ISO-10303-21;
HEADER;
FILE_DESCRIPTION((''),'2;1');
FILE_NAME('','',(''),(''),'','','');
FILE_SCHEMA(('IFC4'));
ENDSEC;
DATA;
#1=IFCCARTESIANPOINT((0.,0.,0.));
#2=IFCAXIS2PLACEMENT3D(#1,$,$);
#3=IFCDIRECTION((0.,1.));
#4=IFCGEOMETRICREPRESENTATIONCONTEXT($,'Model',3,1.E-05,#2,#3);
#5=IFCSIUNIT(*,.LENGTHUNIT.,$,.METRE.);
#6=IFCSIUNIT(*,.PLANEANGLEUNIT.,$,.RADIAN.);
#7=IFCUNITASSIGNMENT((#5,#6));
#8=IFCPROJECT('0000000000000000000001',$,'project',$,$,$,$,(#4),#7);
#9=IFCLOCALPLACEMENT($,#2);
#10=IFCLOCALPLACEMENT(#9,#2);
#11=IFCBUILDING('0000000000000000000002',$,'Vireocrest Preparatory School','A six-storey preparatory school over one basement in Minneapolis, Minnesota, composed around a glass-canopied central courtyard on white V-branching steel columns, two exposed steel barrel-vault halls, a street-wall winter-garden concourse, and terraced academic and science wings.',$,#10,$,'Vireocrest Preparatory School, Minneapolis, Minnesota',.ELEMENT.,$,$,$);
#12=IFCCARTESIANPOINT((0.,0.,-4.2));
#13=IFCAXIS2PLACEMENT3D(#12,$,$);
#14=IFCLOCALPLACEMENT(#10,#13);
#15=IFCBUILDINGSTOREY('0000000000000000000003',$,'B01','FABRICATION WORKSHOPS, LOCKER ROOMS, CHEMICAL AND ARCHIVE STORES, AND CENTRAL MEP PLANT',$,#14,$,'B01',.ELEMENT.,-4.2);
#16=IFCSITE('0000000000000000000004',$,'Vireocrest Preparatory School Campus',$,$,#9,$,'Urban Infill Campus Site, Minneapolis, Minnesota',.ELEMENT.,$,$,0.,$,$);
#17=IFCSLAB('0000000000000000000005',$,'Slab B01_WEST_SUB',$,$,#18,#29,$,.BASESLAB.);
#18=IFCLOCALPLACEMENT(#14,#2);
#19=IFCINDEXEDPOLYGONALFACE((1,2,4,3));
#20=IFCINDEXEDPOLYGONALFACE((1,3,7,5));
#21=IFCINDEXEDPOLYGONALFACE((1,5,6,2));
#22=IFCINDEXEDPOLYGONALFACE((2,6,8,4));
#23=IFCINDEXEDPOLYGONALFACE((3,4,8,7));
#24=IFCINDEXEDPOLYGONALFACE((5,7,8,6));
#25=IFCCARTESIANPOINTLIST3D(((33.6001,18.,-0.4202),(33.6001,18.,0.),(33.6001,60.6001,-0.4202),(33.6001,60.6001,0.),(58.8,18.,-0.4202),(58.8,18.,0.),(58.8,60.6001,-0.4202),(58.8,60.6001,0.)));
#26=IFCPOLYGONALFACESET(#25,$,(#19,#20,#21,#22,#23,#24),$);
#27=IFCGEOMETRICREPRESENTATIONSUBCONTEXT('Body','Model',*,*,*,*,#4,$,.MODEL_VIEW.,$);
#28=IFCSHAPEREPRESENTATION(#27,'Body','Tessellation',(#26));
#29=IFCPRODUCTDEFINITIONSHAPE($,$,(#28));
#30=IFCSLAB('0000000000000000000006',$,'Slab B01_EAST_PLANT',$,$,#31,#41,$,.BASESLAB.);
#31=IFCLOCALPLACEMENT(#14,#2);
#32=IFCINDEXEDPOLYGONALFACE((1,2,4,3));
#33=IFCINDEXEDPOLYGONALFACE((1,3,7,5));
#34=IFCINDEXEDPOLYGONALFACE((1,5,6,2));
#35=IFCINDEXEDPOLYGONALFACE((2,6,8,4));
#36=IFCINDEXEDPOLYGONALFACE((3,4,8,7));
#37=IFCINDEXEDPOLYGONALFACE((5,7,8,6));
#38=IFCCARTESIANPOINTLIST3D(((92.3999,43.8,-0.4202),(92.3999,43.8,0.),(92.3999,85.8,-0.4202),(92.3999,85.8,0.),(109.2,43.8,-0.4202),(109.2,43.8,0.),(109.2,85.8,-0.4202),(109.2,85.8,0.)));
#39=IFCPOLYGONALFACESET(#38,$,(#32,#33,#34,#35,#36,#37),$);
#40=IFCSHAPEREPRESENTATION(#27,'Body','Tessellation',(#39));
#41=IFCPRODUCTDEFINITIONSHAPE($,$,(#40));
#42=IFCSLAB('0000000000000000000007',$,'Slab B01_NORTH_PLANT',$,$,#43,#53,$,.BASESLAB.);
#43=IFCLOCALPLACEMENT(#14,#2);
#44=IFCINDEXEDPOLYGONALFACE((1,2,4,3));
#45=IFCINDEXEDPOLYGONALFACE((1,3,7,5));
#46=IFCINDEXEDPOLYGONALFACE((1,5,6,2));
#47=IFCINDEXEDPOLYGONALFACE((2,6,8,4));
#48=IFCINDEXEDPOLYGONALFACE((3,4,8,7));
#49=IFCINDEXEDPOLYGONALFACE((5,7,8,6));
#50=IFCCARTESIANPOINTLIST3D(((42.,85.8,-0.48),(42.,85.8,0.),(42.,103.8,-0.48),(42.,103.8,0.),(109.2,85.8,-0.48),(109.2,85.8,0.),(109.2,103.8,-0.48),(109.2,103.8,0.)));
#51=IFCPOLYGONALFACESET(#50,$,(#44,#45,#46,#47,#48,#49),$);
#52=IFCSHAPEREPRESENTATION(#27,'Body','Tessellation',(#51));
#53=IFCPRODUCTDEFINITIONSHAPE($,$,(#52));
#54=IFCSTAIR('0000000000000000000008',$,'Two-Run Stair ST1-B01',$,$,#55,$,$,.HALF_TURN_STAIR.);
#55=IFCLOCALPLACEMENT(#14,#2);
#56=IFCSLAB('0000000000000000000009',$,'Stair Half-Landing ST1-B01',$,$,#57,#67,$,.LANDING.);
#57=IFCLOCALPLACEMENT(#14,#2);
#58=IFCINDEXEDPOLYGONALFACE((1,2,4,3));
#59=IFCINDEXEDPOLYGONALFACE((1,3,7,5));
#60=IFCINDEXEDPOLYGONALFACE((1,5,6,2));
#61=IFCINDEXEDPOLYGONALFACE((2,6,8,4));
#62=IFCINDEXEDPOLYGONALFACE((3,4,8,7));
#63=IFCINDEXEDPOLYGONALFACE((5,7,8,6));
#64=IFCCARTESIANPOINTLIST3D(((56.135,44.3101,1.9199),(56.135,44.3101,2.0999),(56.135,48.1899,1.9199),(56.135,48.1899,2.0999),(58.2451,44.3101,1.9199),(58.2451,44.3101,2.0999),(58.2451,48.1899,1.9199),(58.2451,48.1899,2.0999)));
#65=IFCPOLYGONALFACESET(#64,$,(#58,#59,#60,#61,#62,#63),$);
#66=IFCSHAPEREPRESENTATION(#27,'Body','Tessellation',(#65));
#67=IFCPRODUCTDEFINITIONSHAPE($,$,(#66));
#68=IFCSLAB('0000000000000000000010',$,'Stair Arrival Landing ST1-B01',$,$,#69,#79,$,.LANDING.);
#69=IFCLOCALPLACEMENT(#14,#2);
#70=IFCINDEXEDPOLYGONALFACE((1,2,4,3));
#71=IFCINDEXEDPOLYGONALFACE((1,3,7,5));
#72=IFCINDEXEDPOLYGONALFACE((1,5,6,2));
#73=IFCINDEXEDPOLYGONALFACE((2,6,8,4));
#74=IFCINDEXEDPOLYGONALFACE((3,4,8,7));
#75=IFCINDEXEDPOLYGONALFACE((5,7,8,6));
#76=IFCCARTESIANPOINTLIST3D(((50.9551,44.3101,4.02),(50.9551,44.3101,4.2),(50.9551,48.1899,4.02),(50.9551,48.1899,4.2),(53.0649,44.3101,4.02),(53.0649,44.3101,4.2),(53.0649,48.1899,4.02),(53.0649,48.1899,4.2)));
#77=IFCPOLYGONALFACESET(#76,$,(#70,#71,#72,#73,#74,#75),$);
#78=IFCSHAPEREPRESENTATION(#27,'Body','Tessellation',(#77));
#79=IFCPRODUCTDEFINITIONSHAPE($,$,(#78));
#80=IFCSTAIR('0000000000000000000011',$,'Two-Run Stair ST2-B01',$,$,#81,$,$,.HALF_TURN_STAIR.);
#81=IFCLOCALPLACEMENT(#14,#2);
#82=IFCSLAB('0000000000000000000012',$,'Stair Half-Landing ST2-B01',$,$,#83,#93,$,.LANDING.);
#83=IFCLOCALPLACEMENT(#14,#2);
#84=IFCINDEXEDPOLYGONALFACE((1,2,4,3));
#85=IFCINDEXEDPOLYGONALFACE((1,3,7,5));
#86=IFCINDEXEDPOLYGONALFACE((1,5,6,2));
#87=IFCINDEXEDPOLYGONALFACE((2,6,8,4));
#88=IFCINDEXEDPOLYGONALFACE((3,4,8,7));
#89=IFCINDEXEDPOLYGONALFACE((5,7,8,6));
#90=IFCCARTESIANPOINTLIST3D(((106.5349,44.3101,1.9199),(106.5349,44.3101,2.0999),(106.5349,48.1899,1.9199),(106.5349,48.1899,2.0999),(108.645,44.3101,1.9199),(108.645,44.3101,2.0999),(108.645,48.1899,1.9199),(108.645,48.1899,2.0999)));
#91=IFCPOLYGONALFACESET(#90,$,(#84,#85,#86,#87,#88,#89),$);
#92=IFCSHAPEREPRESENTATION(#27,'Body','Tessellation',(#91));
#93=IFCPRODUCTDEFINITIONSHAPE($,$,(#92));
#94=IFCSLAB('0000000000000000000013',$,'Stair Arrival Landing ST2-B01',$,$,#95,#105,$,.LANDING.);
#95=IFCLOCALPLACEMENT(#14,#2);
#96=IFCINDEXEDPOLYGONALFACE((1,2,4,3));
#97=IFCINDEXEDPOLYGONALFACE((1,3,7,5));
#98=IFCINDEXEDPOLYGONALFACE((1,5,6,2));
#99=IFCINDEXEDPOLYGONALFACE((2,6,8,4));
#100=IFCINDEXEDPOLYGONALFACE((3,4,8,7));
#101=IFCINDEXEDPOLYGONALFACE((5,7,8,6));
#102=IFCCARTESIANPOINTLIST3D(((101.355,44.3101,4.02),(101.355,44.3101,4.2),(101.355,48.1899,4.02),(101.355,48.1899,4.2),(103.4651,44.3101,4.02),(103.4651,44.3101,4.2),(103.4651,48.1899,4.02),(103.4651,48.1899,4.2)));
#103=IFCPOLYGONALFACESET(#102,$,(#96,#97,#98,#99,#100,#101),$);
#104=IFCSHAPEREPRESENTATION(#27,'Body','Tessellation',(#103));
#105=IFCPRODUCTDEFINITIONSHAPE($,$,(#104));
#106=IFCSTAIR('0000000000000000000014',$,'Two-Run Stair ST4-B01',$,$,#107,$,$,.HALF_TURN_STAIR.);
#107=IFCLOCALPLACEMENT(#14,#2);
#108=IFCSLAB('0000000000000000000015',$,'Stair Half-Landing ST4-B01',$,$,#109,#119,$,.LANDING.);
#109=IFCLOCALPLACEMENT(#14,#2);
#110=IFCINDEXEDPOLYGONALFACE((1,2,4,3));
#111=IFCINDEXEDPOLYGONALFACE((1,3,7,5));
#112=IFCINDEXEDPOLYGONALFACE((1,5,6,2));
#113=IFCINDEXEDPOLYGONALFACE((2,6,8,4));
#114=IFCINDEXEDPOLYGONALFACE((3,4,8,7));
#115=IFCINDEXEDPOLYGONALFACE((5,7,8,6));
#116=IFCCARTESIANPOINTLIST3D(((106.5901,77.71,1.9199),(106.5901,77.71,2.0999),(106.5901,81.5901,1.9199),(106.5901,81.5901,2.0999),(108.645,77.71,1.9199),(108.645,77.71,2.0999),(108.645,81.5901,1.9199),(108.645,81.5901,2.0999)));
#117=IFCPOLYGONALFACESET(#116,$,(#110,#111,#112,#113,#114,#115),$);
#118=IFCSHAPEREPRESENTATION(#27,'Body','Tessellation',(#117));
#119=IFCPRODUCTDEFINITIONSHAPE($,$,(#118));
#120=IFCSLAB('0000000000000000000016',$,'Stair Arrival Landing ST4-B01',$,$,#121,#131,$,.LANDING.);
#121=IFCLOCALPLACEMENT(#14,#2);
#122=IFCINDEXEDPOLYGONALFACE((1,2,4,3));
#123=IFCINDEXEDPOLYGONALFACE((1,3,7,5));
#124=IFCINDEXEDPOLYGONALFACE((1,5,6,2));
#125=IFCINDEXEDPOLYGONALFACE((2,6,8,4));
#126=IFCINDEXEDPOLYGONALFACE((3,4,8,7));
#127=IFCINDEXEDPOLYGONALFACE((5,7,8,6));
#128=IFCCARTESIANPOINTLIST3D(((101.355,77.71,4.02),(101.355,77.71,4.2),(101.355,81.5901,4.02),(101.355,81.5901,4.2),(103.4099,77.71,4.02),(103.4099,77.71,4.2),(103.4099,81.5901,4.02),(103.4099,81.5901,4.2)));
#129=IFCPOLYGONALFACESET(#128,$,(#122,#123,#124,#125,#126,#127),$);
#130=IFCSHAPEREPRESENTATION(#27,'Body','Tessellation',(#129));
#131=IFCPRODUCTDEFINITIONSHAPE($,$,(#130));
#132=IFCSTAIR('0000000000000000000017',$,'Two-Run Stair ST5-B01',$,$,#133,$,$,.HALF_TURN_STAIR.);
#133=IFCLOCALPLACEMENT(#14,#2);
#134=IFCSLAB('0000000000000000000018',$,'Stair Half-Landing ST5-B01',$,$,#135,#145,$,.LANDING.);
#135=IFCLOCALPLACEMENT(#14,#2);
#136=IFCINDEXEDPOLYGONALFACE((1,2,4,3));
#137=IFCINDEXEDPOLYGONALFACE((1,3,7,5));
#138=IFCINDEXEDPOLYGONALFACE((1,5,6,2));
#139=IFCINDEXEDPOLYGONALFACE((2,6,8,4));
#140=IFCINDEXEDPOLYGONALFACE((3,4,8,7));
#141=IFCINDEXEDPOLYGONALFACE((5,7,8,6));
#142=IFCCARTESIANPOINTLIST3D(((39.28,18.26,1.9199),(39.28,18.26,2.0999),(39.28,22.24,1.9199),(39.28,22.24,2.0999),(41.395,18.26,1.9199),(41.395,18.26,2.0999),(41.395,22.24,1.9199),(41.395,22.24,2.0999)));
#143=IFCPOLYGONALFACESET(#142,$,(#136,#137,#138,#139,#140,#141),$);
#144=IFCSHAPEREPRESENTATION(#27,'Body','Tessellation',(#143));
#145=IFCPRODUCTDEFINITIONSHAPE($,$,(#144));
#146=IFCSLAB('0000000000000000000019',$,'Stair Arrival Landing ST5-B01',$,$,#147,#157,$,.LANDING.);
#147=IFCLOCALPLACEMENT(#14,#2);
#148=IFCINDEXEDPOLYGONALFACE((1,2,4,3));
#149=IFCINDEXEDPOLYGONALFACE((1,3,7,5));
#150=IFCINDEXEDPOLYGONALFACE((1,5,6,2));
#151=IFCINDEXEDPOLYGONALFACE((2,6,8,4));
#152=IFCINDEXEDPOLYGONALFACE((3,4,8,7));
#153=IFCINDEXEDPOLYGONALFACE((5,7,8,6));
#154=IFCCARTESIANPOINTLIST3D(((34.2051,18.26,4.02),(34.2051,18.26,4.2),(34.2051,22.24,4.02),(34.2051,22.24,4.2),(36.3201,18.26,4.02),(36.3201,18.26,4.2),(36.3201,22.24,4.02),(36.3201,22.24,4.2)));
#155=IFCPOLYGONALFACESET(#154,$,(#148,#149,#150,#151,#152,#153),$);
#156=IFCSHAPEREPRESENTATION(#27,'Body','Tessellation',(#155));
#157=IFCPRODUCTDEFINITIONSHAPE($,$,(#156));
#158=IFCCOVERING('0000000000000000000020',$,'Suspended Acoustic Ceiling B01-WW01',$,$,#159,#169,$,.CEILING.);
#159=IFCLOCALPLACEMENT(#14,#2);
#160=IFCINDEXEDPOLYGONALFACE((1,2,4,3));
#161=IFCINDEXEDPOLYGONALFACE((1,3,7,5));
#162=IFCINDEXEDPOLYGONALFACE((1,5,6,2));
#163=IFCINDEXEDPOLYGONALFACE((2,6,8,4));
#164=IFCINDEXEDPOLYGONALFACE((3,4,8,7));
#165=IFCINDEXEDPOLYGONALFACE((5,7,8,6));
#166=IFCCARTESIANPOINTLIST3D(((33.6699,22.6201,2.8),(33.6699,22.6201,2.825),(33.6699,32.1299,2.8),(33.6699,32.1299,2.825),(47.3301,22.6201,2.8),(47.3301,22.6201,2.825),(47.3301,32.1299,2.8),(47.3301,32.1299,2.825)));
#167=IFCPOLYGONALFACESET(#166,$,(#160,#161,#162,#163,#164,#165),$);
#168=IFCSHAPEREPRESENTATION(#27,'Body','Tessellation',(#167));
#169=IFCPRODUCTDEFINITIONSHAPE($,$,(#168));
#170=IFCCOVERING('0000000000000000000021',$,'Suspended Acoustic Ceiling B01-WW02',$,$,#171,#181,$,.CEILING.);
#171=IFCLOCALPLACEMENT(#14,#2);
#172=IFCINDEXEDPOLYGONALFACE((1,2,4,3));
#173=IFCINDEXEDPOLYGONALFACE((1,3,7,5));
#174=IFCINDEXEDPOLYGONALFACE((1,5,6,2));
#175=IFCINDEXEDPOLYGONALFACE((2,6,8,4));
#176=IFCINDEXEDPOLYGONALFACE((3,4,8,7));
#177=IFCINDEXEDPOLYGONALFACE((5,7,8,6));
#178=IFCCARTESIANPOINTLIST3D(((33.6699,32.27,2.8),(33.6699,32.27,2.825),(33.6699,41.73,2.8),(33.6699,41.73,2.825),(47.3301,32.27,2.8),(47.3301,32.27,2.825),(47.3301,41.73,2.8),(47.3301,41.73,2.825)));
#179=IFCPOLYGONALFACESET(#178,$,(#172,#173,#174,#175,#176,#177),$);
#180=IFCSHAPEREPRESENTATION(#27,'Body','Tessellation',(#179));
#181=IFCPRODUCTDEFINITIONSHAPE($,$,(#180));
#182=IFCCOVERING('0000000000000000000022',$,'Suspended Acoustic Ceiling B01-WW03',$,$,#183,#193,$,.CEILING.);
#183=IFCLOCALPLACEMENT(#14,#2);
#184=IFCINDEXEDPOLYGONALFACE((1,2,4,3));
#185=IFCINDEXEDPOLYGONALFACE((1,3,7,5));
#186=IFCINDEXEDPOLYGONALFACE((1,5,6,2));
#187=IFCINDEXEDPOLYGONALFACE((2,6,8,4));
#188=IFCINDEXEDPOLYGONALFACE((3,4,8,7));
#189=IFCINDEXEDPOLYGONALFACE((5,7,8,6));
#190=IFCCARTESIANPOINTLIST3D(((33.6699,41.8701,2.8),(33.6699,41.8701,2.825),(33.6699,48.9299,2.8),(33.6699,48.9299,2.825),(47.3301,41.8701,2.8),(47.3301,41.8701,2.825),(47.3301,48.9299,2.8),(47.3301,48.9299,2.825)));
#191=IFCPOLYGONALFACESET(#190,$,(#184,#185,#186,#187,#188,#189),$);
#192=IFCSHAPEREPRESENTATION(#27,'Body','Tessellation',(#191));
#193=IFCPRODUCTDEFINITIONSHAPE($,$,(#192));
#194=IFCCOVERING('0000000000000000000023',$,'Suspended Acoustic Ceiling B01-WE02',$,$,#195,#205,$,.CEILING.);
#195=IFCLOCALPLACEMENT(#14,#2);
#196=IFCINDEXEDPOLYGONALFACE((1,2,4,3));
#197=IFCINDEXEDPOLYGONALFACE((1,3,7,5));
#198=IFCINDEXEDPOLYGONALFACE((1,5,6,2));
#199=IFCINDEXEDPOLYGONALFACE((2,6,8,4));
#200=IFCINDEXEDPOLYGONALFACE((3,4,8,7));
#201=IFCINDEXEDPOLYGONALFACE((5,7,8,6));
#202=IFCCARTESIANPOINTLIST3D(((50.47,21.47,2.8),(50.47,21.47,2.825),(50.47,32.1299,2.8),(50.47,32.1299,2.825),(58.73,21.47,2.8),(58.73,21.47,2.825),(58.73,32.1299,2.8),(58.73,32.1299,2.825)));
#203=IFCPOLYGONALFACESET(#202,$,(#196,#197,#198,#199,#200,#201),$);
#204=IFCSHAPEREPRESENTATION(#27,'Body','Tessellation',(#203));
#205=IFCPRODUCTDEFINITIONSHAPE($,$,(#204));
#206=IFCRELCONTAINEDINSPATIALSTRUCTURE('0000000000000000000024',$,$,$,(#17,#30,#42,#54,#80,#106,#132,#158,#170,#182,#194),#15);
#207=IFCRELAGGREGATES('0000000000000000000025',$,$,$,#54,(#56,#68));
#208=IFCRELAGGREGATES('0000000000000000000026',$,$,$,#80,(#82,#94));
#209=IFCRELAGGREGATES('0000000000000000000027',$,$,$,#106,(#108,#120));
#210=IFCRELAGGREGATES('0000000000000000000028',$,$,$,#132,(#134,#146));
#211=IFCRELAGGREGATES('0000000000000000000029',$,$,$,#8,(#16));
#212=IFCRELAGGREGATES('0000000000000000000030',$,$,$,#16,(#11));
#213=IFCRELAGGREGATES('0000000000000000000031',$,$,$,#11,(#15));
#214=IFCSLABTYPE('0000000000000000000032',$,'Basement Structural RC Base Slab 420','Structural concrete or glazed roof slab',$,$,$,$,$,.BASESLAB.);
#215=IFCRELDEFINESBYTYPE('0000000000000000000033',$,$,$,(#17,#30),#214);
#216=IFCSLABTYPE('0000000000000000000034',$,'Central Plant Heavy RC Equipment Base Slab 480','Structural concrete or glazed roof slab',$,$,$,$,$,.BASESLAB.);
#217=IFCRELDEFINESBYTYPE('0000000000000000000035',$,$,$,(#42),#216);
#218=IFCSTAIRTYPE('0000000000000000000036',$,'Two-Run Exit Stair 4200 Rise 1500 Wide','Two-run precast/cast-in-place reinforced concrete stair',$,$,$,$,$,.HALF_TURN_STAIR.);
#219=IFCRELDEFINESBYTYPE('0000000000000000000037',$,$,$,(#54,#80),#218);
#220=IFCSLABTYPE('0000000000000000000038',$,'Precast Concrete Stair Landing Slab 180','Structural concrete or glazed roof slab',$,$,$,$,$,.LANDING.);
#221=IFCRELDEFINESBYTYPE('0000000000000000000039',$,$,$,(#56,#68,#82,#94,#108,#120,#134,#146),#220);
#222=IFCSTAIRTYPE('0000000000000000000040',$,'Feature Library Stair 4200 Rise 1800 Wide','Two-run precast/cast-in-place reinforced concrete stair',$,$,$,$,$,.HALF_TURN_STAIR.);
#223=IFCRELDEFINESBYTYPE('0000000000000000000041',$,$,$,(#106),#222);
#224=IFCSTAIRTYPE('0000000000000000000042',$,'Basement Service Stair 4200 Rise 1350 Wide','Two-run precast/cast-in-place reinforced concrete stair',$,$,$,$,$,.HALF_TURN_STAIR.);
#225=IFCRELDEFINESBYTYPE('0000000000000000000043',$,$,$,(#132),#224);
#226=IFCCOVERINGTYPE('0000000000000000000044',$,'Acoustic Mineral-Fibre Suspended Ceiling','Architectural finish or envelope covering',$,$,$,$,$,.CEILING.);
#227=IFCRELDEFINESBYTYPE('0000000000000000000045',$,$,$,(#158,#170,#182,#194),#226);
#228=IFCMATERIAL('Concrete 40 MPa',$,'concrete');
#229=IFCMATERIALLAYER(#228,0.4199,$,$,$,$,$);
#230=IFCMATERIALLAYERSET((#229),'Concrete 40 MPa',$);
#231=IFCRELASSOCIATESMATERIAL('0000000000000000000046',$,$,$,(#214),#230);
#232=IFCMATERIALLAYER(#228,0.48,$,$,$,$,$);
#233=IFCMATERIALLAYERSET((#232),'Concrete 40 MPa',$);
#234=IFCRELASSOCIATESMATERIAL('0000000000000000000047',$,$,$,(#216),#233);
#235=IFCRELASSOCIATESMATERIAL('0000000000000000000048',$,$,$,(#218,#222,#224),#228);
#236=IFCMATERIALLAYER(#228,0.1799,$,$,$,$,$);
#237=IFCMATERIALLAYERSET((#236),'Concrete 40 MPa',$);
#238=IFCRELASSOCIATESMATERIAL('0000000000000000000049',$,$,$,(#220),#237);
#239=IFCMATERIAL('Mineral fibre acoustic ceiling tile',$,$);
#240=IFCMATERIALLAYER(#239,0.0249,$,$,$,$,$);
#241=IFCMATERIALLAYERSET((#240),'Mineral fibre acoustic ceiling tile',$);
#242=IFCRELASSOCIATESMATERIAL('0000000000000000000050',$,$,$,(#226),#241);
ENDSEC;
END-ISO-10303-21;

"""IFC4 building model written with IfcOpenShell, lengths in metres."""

from ifc_helpers import new_model, si_unit, direction, frame, origin, place, context, subcontext, project, spatial, polyline, outline, extrude, material, layer, layer_set, type_object, element, aggregate, save


model = new_model("IFC4")

# Units and contexts
model_context = context("Model", 3, precision=1e-05, world=origin(), true_north=direction((0.0, 1.0)))
body_context = subcontext(model_context, "Body", "Model", "MODEL_VIEW")
ifc_project = project(units=[si_unit("LENGTHUNIT", "METRE"), si_unit("PLANEANGLEUNIT", "RADIAN")], contexts=[model_context])

# Site, building, storey
site_placement = place(None, origin())
site = spatial("IfcSite", under=ifc_project, at=site_placement, Name="Vireocrest Preparatory School Campus", LongName="Urban Infill Campus Site, Minneapolis, Minnesota", CompositionType="ELEMENT", RefElevation=0.0)
building_placement = place(site_placement, origin())
building = spatial("IfcBuilding", under=site, at=building_placement, Name="Vireocrest Preparatory School", Description="A six-storey preparatory school over one basement in Minneapolis, Minnesota, composed around a glass-canopied central courtyard on white V-branching steel columns, two exposed steel barrel-vault halls, a street-wall winter-garden concourse, and terraced academic and science wings.", LongName="Vireocrest Preparatory School, Minneapolis, Minnesota", CompositionType="ELEMENT")
storey_placement = place(building_placement, frame((0.0, 0.0, -4.2)))
storey = spatial("IfcBuildingStorey", under=building, at=storey_placement, Name="B01", Description="FABRICATION WORKSHOPS, LOCKER ROOMS, CHEMICAL AND ARCHIVE STORES, AND CENTRAL MEP PLANT", LongName="B01", CompositionType="ELEMENT", Elevation=-4.2)

# Slabs
ifc_material_1 = material(Name="Concrete 40 MPa", Category="concrete")
ifc_layer_1 = layer(ifc_material_1, 0.4199)
ifc_layer_set_1 = layer_set([ifc_layer_1], Name="Concrete 40 MPa")
slab_type_1 = type_object("IfcSlabType", Name="Basement Structural RC Base Slab 420", Description="Structural concrete or glazed roof slab", PredefinedType="BASESLAB", material=ifc_layer_set_1)
slab_1_placement = place(storey_placement, frame((0.0, 0.0, -0.4202)))
element("IfcSlab", 1, at=slab_1_placement, inside=storey, type_object=slab_type_1, Name="Slab B01_WEST_SUB", PredefinedType="BASESLAB", context=body_context, shape_type="SweptSolid", body=[
    extrude(outline(polyline([(33.6001, 18.0), (58.8, 18.0), (58.8, 60.6001), (33.6001, 60.6001), (33.6001, 18.0)])), origin(), (0.0, 0.0, 1.0), 0.4202),
])
slab_2_placement = place(storey_placement, frame((0.0, 0.0, -0.4202)))
element("IfcSlab", 2, at=slab_2_placement, inside=storey, type_object=slab_type_1, Name="Slab B01_EAST_PLANT", PredefinedType="BASESLAB", context=body_context, shape_type="SweptSolid", body=[
    extrude(outline(polyline([(92.3999, 43.8), (109.2, 43.8), (109.2, 85.8), (92.3999, 85.8), (92.3999, 43.8)])), origin(), (0.0, 0.0, 1.0), 0.4202),
])
ifc_layer_2 = layer(ifc_material_1, 0.48)
ifc_layer_set_2 = layer_set([ifc_layer_2], Name="Concrete 40 MPa")
slab_type_2 = type_object("IfcSlabType", Name="Central Plant Heavy RC Equipment Base Slab 480", Description="Structural concrete or glazed roof slab", PredefinedType="BASESLAB", material=ifc_layer_set_2)
slab_3_placement = place(storey_placement, frame((0.0, 0.0, -0.48)))
element("IfcSlab", 3, at=slab_3_placement, inside=storey, type_object=slab_type_2, Name="Slab B01_NORTH_PLANT", PredefinedType="BASESLAB", context=body_context, shape_type="SweptSolid", body=[
    extrude(outline(polyline([(42.0, 85.8), (109.2, 85.8), (109.2, 103.8), (42.0, 103.8), (42.0, 85.8)])), origin(), (0.0, 0.0, 1.0), 0.48),
])

# Stairs, slabs
stair_type_1 = type_object("IfcStairType", Name="Two-Run Exit Stair 4200 Rise 1500 Wide", Description="Two-run precast/cast-in-place reinforced concrete stair", PredefinedType="HALF_TURN_STAIR", material=ifc_material_1)
stair_1_placement = place(storey_placement, origin())
stair_1 = element("IfcStair", 4, at=stair_1_placement, inside=storey, type_object=stair_type_1, Name="Two-Run Stair ST1-B01", PredefinedType="HALF_TURN_STAIR")
ifc_layer_3 = layer(ifc_material_1, 0.1799)
ifc_layer_set_3 = layer_set([ifc_layer_3], Name="Concrete 40 MPa")
slab_type_3 = type_object("IfcSlabType", Name="Precast Concrete Stair Landing Slab 180", Description="Structural concrete or glazed roof slab", PredefinedType="LANDING", material=ifc_layer_set_3)
slab_4_placement = place(storey_placement, frame((0.0, 0.0, 1.9199)))
slab_4 = element("IfcSlab", 5, at=slab_4_placement, type_object=slab_type_3, Name="Stair Half-Landing ST1-B01", PredefinedType="LANDING", context=body_context, shape_type="SweptSolid", body=[
    extrude(outline(polyline([(56.135, 44.3101), (58.2451, 44.3101), (58.2451, 48.1899), (56.135, 48.1899), (56.135, 44.3101)])), origin(), (0.0, 0.0, 1.0), 0.1799),
])
slab_5_placement = place(storey_placement, frame((0.0, 0.0, 4.02)))
slab_5 = element("IfcSlab", 6, at=slab_5_placement, type_object=slab_type_3, Name="Stair Arrival Landing ST1-B01", PredefinedType="LANDING", context=body_context, shape_type="SweptSolid", body=[
    extrude(outline(polyline([(50.9551, 44.3101), (53.0649, 44.3101), (53.0649, 48.1899), (50.9551, 48.1899), (50.9551, 44.3101)])), origin(), (0.0, 0.0, 1.0), 0.1799),
])
aggregate(stair_1, [slab_4, slab_5])
stair_2_placement = place(storey_placement, origin())
stair_2 = element("IfcStair", 7, at=stair_2_placement, inside=storey, type_object=stair_type_1, Name="Two-Run Stair ST2-B01", PredefinedType="HALF_TURN_STAIR")
slab_6_placement = place(storey_placement, frame((0.0, 0.0, 1.9199)))
slab_6 = element("IfcSlab", 8, at=slab_6_placement, type_object=slab_type_3, Name="Stair Half-Landing ST2-B01", PredefinedType="LANDING", context=body_context, shape_type="SweptSolid", body=[
    extrude(outline(polyline([(106.5349, 44.3101), (108.645, 44.3101), (108.645, 48.1899), (106.5349, 48.1899), (106.5349, 44.3101)])), origin(), (0.0, 0.0, 1.0), 0.1799),
])
slab_7_placement = place(storey_placement, frame((0.0, 0.0, 4.02)))
slab_7 = element("IfcSlab", 9, at=slab_7_placement, type_object=slab_type_3, Name="Stair Arrival Landing ST2-B01", PredefinedType="LANDING", context=body_context, shape_type="SweptSolid", body=[
    extrude(outline(polyline([(101.355, 44.3101), (103.4651, 44.3101), (103.4651, 48.1899), (101.355, 48.1899), (101.355, 44.3101)])), origin(), (0.0, 0.0, 1.0), 0.1799),
])
aggregate(stair_2, [slab_6, slab_7])
stair_type_2 = type_object("IfcStairType", Name="Feature Library Stair 4200 Rise 1800 Wide", Description="Two-run precast/cast-in-place reinforced concrete stair", PredefinedType="HALF_TURN_STAIR", material=ifc_material_1)
stair_3_placement = place(storey_placement, origin())
stair_3 = element("IfcStair", 10, at=stair_3_placement, inside=storey, type_object=stair_type_2, Name="Two-Run Stair ST4-B01", PredefinedType="HALF_TURN_STAIR")
slab_8_placement = place(storey_placement, frame((0.0, 0.0, 1.9199)))
slab_8 = element("IfcSlab", 11, at=slab_8_placement, type_object=slab_type_3, Name="Stair Half-Landing ST4-B01", PredefinedType="LANDING", context=body_context, shape_type="SweptSolid", body=[
    extrude(outline(polyline([(106.5901, 77.71), (108.645, 77.71), (108.645, 81.5901), (106.5901, 81.5901), (106.5901, 77.71)])), origin(), (0.0, 0.0, 1.0), 0.1799),
])
slab_9_placement = place(storey_placement, frame((0.0, 0.0, 4.02)))
slab_9 = element("IfcSlab", 12, at=slab_9_placement, type_object=slab_type_3, Name="Stair Arrival Landing ST4-B01", PredefinedType="LANDING", context=body_context, shape_type="SweptSolid", body=[
    extrude(outline(polyline([(101.355, 77.71), (103.4099, 77.71), (103.4099, 81.5901), (101.355, 81.5901), (101.355, 77.71)])), origin(), (0.0, 0.0, 1.0), 0.1799),
])
aggregate(stair_3, [slab_8, slab_9])
stair_type_3 = type_object("IfcStairType", Name="Basement Service Stair 4200 Rise 1350 Wide", Description="Two-run precast/cast-in-place reinforced concrete stair", PredefinedType="HALF_TURN_STAIR", material=ifc_material_1)
stair_4_placement = place(storey_placement, origin())
stair_4 = element("IfcStair", 13, at=stair_4_placement, inside=storey, type_object=stair_type_3, Name="Two-Run Stair ST5-B01", PredefinedType="HALF_TURN_STAIR")
slab_10_placement = place(storey_placement, frame((0.0, 0.0, 1.9199)))
slab_10 = element("IfcSlab", 14, at=slab_10_placement, type_object=slab_type_3, Name="Stair Half-Landing ST5-B01", PredefinedType="LANDING", context=body_context, shape_type="SweptSolid", body=[
    extrude(outline(polyline([(39.28, 18.26), (41.395, 18.26), (41.395, 22.24), (39.28, 22.24), (39.28, 18.26)])), origin(), (0.0, 0.0, 1.0), 0.1799),
])
slab_11_placement = place(storey_placement, frame((0.0, 0.0, 4.02)))
slab_11 = element("IfcSlab", 15, at=slab_11_placement, type_object=slab_type_3, Name="Stair Arrival Landing ST5-B01", PredefinedType="LANDING", context=body_context, shape_type="SweptSolid", body=[
    extrude(outline(polyline([(34.2051, 18.26), (36.3201, 18.26), (36.3201, 22.24), (34.2051, 22.24), (34.2051, 18.26)])), origin(), (0.0, 0.0, 1.0), 0.1799),
])
aggregate(stair_4, [slab_10, slab_11])

# Coverings
ifc_material_2 = material(Name="Mineral fibre acoustic ceiling tile")
ifc_layer_4 = layer(ifc_material_2, 0.0249)
ifc_layer_set_4 = layer_set([ifc_layer_4], Name="Mineral fibre acoustic ceiling tile")
covering_type_1 = type_object("IfcCoveringType", Name="Acoustic Mineral-Fibre Suspended Ceiling", Description="Architectural finish or envelope covering", PredefinedType="CEILING", material=ifc_layer_set_4)
covering_1_placement = place(storey_placement, frame((0.0, 0.0, 2.8)))
element("IfcCovering", 16, at=covering_1_placement, inside=storey, type_object=covering_type_1, Name="Suspended Acoustic Ceiling B01-WW01", PredefinedType="CEILING", context=body_context, shape_type="SweptSolid", body=[
    extrude(outline(polyline([(33.6699, 22.6201), (47.3301, 22.6201), (47.3301, 32.1299), (33.6699, 32.1299), (33.6699, 22.6201)])), origin(), (0.0, 0.0, 1.0), 0.0249),
])
covering_2_placement = place(storey_placement, frame((0.0, 0.0, 2.8)))
element("IfcCovering", 17, at=covering_2_placement, inside=storey, type_object=covering_type_1, Name="Suspended Acoustic Ceiling B01-WW02", PredefinedType="CEILING", context=body_context, shape_type="SweptSolid", body=[
    extrude(outline(polyline([(33.6699, 32.27), (47.3301, 32.27), (47.3301, 41.73), (33.6699, 41.73), (33.6699, 32.27)])), origin(), (0.0, 0.0, 1.0), 0.0249),
])
covering_3_placement = place(storey_placement, frame((0.0, 0.0, 2.8)))
element("IfcCovering", 18, at=covering_3_placement, inside=storey, type_object=covering_type_1, Name="Suspended Acoustic Ceiling B01-WW03", PredefinedType="CEILING", context=body_context, shape_type="SweptSolid", body=[
    extrude(outline(polyline([(33.6699, 41.8701), (47.3301, 41.8701), (47.3301, 48.9299), (33.6699, 48.9299), (33.6699, 41.8701)])), origin(), (0.0, 0.0, 1.0), 0.0249),
])
covering_4_placement = place(storey_placement, frame((0.0, 0.0, 2.8)))
element("IfcCovering", 19, at=covering_4_placement, inside=storey, type_object=covering_type_1, Name="Suspended Acoustic Ceiling B01-WE02", PredefinedType="CEILING", context=body_context, shape_type="SweptSolid", body=[
    extrude(outline(polyline([(50.47, 21.47), (58.73, 21.47), (58.73, 32.1299), (50.47, 32.1299), (50.47, 21.47)])), origin(), (0.0, 0.0, 1.0), 0.0249),
])

save(model, "model.ifc")
